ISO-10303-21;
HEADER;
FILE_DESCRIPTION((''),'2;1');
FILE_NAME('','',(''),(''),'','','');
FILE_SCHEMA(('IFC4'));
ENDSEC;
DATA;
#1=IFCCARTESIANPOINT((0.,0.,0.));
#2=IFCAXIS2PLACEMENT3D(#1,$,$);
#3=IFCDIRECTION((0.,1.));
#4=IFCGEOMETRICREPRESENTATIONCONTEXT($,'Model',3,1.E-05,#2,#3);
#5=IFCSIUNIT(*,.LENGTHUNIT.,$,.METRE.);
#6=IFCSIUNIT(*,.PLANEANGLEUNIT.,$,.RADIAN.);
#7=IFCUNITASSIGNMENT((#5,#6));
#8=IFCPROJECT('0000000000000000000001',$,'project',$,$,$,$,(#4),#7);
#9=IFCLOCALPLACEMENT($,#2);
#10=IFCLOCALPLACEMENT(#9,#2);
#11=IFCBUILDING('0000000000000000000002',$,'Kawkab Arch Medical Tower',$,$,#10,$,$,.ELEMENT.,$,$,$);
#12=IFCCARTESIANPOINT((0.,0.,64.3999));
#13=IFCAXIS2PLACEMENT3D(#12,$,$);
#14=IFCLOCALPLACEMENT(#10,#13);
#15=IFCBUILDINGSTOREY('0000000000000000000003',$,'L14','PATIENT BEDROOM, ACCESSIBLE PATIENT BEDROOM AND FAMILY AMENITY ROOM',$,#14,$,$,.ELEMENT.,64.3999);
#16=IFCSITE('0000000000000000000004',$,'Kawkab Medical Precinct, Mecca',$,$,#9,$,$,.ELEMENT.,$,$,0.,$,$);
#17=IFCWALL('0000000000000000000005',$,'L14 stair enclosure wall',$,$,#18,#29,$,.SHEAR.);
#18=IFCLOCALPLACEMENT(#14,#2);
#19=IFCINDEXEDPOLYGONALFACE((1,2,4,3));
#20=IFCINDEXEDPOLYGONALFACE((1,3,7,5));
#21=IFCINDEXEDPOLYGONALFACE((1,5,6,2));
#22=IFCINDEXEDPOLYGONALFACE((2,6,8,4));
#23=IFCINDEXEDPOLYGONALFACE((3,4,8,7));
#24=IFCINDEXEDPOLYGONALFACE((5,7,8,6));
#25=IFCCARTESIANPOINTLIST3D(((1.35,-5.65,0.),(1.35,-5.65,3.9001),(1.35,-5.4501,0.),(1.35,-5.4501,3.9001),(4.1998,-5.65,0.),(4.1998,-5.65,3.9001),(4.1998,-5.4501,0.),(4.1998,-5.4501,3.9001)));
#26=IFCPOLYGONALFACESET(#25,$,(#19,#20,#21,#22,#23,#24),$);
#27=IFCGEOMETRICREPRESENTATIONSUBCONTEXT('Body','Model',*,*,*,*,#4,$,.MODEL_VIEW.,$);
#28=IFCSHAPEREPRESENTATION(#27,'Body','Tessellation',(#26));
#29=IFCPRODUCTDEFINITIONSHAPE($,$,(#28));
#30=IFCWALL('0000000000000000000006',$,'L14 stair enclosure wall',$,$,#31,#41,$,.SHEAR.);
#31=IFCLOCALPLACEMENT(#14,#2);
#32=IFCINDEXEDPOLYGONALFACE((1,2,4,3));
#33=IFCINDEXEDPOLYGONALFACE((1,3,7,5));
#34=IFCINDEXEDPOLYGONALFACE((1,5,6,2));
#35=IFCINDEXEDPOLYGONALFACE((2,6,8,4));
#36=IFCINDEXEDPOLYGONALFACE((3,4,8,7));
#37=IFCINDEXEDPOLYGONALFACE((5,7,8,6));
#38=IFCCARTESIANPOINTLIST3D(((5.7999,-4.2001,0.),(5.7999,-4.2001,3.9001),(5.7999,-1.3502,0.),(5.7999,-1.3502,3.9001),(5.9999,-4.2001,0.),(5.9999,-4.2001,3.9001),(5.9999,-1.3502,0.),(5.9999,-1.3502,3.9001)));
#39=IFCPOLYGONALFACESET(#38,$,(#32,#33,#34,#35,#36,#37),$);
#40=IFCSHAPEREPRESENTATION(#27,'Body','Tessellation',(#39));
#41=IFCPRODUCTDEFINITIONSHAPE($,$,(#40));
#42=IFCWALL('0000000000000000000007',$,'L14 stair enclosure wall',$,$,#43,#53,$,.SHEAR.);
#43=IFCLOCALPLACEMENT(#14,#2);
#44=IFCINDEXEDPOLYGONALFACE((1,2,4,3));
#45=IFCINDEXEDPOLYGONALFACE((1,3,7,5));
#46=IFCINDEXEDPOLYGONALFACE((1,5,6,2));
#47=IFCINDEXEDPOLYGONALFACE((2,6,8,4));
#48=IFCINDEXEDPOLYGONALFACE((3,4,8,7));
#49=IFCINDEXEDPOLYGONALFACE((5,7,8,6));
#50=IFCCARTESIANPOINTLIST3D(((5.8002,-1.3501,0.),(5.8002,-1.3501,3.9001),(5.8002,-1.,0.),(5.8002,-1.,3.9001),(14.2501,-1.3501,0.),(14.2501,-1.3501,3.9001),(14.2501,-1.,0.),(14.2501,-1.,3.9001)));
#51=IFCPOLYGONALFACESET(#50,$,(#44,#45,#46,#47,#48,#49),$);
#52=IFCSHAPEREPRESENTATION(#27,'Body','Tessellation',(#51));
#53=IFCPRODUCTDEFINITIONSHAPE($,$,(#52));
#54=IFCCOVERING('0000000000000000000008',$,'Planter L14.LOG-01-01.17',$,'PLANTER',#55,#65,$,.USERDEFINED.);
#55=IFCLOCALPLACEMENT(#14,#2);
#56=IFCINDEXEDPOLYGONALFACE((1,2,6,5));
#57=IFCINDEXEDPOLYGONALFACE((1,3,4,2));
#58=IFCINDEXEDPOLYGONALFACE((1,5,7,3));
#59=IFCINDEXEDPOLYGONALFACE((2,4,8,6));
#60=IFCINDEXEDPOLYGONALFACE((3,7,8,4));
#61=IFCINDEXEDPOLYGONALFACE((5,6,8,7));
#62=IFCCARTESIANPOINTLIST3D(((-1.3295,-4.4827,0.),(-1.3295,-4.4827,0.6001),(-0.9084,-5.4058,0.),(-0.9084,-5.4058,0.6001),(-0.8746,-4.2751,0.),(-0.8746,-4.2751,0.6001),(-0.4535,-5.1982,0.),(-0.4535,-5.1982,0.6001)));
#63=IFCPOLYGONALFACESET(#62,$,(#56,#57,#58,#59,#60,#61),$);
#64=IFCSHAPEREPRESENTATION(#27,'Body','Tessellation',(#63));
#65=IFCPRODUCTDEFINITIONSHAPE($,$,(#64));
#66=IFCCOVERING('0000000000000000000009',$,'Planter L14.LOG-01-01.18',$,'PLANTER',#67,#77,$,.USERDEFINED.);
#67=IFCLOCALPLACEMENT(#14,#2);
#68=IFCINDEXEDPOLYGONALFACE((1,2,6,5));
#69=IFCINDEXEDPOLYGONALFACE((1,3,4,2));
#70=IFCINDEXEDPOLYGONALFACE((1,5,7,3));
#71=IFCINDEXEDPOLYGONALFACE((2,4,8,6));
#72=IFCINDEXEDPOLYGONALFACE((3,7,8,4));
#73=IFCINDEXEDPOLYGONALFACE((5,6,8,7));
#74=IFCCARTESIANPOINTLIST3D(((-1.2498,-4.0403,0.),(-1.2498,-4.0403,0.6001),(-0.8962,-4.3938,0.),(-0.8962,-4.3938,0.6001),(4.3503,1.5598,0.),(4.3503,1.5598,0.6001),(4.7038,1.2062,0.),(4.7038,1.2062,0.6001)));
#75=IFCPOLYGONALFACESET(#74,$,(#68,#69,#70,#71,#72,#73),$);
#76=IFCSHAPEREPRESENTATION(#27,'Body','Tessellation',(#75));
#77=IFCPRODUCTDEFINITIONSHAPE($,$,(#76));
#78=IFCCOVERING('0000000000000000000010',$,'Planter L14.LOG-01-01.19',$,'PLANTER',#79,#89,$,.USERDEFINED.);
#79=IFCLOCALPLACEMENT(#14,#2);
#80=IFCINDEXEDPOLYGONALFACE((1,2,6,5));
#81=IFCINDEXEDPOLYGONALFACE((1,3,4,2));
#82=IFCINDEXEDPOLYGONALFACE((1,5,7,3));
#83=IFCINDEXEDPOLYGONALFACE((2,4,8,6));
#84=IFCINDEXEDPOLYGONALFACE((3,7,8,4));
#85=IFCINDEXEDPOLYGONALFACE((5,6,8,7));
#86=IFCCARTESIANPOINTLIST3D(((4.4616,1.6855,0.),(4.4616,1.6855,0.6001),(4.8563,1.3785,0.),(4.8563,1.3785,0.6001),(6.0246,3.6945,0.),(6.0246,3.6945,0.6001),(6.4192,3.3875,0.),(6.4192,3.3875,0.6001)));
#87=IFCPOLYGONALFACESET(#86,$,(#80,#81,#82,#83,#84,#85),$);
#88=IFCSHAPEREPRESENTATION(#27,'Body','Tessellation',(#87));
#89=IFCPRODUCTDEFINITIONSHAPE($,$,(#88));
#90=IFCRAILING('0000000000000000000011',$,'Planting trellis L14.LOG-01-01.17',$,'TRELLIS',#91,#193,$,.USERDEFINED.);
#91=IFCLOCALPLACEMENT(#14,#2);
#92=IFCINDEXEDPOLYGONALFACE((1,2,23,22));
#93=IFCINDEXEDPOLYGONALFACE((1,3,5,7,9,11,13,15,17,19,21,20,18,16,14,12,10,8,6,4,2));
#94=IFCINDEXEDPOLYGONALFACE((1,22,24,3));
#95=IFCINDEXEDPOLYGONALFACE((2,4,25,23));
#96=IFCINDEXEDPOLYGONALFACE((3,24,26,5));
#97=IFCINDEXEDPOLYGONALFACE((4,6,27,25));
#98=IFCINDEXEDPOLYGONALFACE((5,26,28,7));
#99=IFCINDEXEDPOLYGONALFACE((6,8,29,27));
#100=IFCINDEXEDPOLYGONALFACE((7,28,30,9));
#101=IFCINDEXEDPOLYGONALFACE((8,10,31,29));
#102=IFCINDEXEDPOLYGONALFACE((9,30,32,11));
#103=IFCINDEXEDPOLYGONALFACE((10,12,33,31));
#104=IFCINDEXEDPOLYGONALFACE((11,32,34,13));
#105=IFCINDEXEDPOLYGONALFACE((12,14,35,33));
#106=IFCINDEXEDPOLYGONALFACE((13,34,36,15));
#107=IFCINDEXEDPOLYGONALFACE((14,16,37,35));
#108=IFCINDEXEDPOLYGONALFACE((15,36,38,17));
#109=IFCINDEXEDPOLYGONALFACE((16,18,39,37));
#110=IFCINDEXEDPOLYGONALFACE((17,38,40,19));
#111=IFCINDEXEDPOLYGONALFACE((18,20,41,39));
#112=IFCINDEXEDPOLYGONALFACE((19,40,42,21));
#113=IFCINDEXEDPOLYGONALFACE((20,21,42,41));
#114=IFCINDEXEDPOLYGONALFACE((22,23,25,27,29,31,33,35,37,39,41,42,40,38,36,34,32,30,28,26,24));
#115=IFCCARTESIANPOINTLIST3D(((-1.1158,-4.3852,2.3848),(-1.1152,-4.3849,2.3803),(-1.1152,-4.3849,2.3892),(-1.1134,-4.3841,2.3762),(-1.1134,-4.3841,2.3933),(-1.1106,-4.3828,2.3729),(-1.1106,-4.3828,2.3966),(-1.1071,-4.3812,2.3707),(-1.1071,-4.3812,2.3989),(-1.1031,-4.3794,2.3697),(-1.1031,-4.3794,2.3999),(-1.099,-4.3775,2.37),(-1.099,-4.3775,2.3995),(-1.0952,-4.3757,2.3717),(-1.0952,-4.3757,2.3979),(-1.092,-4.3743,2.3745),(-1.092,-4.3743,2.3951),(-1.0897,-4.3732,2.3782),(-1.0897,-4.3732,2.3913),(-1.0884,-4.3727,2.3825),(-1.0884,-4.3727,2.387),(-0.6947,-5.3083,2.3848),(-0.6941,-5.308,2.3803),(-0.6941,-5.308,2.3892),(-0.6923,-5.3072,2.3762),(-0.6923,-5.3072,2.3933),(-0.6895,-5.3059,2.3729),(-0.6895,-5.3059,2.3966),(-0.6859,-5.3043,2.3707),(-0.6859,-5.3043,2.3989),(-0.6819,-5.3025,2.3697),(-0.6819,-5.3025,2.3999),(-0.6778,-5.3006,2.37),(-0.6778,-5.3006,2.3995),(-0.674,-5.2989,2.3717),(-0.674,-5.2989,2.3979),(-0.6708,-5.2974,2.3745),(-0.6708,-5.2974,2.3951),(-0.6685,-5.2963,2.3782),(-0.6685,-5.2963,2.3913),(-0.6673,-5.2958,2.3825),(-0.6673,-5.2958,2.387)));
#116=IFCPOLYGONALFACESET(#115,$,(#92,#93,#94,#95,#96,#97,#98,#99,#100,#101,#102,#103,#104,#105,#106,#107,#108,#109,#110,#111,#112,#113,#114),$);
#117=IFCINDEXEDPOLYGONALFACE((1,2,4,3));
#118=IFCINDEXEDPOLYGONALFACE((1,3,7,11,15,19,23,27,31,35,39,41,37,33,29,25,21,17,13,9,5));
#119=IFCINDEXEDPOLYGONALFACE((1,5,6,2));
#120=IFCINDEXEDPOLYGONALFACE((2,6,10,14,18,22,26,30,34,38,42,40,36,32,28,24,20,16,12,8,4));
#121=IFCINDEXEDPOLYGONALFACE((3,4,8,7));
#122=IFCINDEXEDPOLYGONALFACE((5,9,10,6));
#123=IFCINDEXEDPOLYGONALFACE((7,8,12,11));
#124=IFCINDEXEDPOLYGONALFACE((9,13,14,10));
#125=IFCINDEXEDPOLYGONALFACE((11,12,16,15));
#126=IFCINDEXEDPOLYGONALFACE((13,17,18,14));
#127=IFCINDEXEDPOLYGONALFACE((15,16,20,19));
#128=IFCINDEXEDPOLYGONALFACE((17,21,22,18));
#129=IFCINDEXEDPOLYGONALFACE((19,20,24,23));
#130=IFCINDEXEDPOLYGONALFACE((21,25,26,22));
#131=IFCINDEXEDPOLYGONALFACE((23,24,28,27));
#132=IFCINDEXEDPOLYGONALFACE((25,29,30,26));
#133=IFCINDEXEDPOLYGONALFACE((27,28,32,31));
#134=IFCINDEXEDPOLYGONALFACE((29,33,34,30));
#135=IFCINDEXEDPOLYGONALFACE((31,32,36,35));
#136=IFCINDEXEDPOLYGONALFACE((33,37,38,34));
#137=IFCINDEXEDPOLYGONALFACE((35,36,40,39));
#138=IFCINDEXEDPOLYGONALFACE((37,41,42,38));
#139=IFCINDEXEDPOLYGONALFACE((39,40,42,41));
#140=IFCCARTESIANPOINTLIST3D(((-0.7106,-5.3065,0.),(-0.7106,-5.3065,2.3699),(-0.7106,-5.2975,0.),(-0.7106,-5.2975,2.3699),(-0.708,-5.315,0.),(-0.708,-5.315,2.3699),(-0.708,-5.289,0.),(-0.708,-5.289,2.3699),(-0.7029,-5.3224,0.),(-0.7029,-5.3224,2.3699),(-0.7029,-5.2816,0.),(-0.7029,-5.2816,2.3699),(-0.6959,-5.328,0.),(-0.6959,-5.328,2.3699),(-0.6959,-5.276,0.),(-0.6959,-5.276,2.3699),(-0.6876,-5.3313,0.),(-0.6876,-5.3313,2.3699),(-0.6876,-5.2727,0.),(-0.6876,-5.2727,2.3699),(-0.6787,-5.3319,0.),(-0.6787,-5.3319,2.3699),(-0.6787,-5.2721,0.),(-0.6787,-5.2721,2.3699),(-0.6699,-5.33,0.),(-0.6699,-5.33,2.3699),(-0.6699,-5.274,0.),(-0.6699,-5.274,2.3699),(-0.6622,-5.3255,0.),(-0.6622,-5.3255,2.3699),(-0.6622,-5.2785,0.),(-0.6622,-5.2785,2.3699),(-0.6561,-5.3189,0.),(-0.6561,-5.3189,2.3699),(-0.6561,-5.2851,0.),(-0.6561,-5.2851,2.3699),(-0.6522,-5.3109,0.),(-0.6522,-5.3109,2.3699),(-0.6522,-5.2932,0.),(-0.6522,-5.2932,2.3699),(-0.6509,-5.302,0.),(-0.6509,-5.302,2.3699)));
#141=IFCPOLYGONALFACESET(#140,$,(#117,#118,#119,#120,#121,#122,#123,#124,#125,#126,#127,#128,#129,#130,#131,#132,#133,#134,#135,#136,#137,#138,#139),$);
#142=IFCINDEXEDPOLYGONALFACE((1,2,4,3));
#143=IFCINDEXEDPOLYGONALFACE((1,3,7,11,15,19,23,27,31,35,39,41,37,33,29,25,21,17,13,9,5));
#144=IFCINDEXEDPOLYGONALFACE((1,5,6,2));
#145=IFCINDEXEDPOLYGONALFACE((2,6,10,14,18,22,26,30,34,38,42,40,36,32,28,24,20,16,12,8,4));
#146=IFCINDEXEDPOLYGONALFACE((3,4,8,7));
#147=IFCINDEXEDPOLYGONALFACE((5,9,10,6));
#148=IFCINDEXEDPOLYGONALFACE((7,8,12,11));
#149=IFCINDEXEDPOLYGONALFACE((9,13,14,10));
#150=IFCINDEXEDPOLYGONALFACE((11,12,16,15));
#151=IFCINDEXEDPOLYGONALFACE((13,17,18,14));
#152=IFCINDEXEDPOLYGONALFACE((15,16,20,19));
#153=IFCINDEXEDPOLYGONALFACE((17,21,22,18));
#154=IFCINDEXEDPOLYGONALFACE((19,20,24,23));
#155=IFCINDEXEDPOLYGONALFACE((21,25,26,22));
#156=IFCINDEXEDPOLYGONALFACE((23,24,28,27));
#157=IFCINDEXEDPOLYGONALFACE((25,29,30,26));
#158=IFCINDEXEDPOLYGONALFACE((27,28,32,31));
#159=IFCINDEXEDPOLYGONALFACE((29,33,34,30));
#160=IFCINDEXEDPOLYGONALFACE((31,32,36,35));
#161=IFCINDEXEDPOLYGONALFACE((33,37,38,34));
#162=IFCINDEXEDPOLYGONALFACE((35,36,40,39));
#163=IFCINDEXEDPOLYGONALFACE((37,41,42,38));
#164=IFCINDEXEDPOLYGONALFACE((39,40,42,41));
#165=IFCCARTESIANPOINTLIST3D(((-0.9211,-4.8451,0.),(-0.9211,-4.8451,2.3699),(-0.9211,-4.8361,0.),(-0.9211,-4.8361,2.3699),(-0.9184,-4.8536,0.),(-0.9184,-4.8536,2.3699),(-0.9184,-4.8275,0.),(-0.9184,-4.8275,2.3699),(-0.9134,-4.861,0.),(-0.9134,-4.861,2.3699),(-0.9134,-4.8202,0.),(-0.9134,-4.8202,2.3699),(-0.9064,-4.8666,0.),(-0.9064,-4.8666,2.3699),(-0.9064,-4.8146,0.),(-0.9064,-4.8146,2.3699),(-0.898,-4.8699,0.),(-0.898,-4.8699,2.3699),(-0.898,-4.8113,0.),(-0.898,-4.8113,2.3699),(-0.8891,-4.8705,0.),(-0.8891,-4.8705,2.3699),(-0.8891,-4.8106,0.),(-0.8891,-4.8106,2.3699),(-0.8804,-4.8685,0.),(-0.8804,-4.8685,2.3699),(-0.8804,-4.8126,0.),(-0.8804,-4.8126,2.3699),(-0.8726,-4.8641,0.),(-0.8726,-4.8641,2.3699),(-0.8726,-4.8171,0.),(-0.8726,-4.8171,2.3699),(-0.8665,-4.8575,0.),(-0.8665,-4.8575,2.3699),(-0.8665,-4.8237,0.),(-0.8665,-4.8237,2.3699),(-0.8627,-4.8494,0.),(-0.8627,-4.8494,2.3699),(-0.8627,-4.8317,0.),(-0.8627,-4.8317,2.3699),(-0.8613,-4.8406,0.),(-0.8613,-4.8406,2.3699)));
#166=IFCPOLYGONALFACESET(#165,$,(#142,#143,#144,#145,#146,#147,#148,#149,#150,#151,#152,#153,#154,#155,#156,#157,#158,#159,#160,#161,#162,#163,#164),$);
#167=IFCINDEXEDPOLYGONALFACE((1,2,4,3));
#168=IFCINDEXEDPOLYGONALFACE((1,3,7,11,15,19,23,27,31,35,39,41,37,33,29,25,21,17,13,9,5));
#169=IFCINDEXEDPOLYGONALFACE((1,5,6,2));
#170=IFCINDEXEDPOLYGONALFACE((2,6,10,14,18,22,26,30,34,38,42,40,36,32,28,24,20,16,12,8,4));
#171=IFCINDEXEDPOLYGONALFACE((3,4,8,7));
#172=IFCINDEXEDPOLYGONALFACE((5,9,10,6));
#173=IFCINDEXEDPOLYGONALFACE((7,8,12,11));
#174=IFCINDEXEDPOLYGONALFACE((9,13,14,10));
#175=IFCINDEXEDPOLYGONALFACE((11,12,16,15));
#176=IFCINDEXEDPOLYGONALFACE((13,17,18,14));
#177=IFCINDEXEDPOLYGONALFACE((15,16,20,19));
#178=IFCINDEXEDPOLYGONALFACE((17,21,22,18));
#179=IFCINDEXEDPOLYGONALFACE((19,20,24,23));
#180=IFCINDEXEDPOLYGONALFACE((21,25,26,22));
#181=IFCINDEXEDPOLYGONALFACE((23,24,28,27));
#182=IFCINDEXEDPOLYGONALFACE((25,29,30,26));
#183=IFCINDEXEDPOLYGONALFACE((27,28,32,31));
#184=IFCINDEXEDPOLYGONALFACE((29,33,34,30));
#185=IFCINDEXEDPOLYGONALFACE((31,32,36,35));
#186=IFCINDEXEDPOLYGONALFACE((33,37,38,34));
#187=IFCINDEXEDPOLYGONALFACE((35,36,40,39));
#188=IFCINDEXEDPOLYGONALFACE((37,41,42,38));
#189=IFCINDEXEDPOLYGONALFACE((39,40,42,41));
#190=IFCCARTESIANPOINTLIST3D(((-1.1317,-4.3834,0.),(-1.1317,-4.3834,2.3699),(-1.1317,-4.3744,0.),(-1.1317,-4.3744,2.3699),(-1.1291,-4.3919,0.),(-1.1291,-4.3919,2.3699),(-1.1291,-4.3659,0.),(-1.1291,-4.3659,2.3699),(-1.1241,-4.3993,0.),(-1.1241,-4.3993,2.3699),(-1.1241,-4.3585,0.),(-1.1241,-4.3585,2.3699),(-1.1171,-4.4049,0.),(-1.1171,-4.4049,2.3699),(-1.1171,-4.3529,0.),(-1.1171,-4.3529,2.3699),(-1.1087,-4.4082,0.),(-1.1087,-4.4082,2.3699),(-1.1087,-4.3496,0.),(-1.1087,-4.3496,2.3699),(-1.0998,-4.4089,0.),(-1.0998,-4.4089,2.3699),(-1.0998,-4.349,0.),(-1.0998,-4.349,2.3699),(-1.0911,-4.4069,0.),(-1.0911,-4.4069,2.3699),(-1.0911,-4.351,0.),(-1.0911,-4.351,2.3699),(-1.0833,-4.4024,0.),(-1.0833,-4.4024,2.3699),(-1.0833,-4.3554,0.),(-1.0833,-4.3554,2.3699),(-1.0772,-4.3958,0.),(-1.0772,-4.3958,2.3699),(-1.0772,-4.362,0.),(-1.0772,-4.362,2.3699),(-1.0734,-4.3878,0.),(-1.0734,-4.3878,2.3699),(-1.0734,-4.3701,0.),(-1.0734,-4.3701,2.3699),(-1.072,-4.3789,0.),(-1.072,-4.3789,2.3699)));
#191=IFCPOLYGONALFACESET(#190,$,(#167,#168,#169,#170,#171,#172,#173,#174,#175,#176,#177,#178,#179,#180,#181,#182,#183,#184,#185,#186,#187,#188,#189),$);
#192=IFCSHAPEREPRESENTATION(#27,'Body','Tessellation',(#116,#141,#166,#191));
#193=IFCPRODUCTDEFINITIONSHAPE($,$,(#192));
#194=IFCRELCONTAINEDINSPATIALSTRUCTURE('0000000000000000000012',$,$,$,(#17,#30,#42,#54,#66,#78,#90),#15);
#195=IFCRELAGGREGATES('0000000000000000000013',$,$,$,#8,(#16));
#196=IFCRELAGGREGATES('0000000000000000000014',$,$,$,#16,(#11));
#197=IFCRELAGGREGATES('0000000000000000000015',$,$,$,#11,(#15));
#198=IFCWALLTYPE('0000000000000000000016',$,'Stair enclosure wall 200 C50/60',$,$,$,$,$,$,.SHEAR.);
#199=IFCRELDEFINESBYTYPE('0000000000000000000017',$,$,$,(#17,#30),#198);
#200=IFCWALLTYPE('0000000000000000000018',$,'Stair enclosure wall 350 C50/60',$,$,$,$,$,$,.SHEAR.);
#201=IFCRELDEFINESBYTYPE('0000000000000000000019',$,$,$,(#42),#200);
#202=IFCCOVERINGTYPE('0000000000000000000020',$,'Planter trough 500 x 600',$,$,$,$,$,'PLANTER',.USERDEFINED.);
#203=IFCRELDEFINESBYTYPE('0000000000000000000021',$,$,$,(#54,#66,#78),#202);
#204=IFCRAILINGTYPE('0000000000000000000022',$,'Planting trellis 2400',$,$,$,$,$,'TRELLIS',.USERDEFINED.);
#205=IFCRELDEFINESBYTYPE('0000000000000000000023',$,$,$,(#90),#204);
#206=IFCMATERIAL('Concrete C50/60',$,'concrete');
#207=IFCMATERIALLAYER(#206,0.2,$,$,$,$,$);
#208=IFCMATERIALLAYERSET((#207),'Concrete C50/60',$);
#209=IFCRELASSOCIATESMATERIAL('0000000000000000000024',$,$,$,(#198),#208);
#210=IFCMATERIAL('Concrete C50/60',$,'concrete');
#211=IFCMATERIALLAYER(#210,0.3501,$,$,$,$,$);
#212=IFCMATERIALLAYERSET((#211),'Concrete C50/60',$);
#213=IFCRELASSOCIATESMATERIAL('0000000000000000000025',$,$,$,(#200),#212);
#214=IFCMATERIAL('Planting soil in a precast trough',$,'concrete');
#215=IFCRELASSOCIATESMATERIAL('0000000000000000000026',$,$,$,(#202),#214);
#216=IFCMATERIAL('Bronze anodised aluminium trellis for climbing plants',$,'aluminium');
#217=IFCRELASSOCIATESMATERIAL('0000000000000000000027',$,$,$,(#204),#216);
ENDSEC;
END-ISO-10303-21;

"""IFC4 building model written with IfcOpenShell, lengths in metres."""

from ifc_helpers import new_model, si_unit, direction, frame, frame_2d, origin, origin_2d, place, context, subcontext, project, spatial, rectangle, circle, extrude, material, layer, layer_set, material_profile, profile_set, type_object, element, save


model = new_model("IFC4")

# Units and contexts
model_context = context("Model", 3, precision=1e-05, world=origin(), true_north=direction((0.0, 1.0)))
body_context = subcontext(model_context, "Body", "Model", "MODEL_VIEW")
ifc_project = project(units=[si_unit("LENGTHUNIT", "METRE"), si_unit("PLANEANGLEUNIT", "RADIAN")], contexts=[model_context])

# Site, building, storey
site_placement = place(None, origin())
site = spatial("IfcSite", under=ifc_project, at=site_placement, Name="Kawkab Medical Precinct, Mecca", CompositionType="ELEMENT", RefElevation=0.0)
building_placement = place(site_placement, origin())
building = spatial("IfcBuilding", under=site, at=building_placement, Name="Kawkab Arch Medical Tower", CompositionType="ELEMENT")
storey_placement = place(building_placement, frame((0.0, 0.0, 64.3999)))
storey = spatial("IfcBuildingStorey", under=building, at=storey_placement, Name="L14", Description="PATIENT BEDROOM, ACCESSIBLE PATIENT BEDROOM AND FAMILY AMENITY ROOM", CompositionType="ELEMENT", Elevation=64.3999)

# Walls
ifc_material_1 = material(Name="Concrete C50/60", Category="concrete")
ifc_layer_1 = layer(ifc_material_1, 0.2)
ifc_layer_set_1 = layer_set([ifc_layer_1], Name="Concrete C50/60")
wall_type_1 = type_object("IfcWallType", Name="Stair enclosure wall 200 C50/60", PredefinedType="SHEAR", material=ifc_layer_set_1)
for number, where, z_axis, x_axis, name in (
    (1, (1.3501, -5.55, 0.0), (0.0, 0.0, 1.0), (1.0, 0.0, 0.0), "L14 stair enclosure wall"),
    (2, (5.8999, -4.2, 0.0), (0.0, 0.0, 1.0), (0.0, 1.0, 0.0), "L14 stair enclosure wall"),
):
    element("IfcWall", number, at=place(storey_placement, frame(where, z_axis=z_axis, x_axis=x_axis)), inside=storey, type_object=wall_type_1, Name=name, PredefinedType="SHEAR", context=body_context, shape_type="SweptSolid", body=[
        extrude(rectangle(XDim=2.8499, YDim=0.2, at=frame_2d((1.4248, 0.0))), origin(), (0.0, 0.0, 1.0), 3.9001),
    ])
ifc_material_2 = material(Name="Concrete C50/60", Category="concrete")
ifc_layer_2 = layer(ifc_material_2, 0.3501)
ifc_layer_set_2 = layer_set([ifc_layer_2], Name="Concrete C50/60")
wall_type_2 = type_object("IfcWallType", Name="Stair enclosure wall 350 C50/60", PredefinedType="SHEAR", material=ifc_layer_set_2)
wall_1_placement = place(storey_placement, frame((5.8, -1.175, 0.0), z_axis=(0.0, 0.0, 1.0), x_axis=(1.0, 0.0, 0.0)))
element("IfcWall", 3, at=wall_1_placement, inside=storey, type_object=wall_type_2, Name="L14 stair enclosure wall", PredefinedType="SHEAR", context=body_context, shape_type="SweptSolid", body=[
    extrude(rectangle(XDim=8.45, YDim=0.3501, at=frame_2d((4.2251, 0.0))), origin(), (0.0, 0.0, 1.0), 3.9001),
])

# Coverings
ifc_material_3 = material(Name="Planting soil in a precast trough", Category="concrete")
ifc_material_profile_1 = material_profile(ifc_material_3, rectangle(XDim=0.5, YDim=0.6001, at=origin_2d()), Name="Trough 500x600")
ifc_profile_set_1 = profile_set([ifc_material_profile_1], Name="Planting soil in a precast trough")
covering_type = type_object("IfcCoveringType", Name="Planter trough 500 x 600", ElementType="PLANTER", PredefinedType="USERDEFINED", material=ifc_profile_set_1)
covering_1_placement = place(storey_placement, frame((-0.6809, -5.302, 0.3), z_axis=(-0.415072, 0.909789, 0.0), x_axis=(-0.909789, -0.415072, 0.0)))
element("IfcCovering", 4, at=covering_1_placement, inside=storey, type_object=covering_type, Name="Planter L14.LOG-01-01.17", ObjectType="PLANTER", PredefinedType="USERDEFINED", context=body_context, shape_type="SweptSolid", body=[
    extrude(rectangle(XDim=0.5, YDim=0.6001, at=origin_2d()), origin(), (0.0, 0.0, 1.0), 1.0146),
])
covering_2_placement = place(storey_placement, frame((-1.073, -4.217, 0.3), z_axis=(0.707107, 0.707107, 0.0), x_axis=(-0.707107, 0.707107, 0.0)))
element("IfcCovering", 5, at=covering_2_placement, inside=storey, type_object=covering_type, Name="Planter L14.LOG-01-01.18", ObjectType="PLANTER", PredefinedType="USERDEFINED", context=body_context, shape_type="SweptSolid", body=[
    extrude(rectangle(XDim=0.5, YDim=0.6001, at=origin_2d()), origin(), (0.0, 0.0, 1.0), 7.9197),
])
covering_3_placement = place(storey_placement, frame((4.6589, 1.532, 0.3), z_axis=(0.61404, 0.789275, 0.0), x_axis=(-0.789275, 0.61404, 0.0)))
element("IfcCovering", 6, at=covering_3_placement, inside=storey, type_object=covering_type, Name="Planter L14.LOG-01-01.19", ObjectType="PLANTER", PredefinedType="USERDEFINED", context=body_context, shape_type="SweptSolid", body=[
    extrude(rectangle(XDim=0.5, YDim=0.6001, at=origin_2d()), origin(), (0.0, 0.0, 1.0), 2.5454),
])

# Railing
ifc_material_4 = material(Name="Bronze anodised aluminium trellis for climbing plants", Category="aluminium")
railing_type = type_object("IfcRailingType", Name="Planting trellis 2400", ElementType="TRELLIS", PredefinedType="USERDEFINED", material=ifc_material_4)
railing_1_placement = place(storey_placement, frame((-0.6809, -5.302, 0.0)))
element("IfcRailing", 7, at=railing_1_placement, inside=storey, type_object=railing_type, Name="Planting trellis L14.LOG-01-01.17", ObjectType="TRELLIS", PredefinedType="USERDEFINED", context=body_context, shape_type="SweptSolid", body=[
    extrude(circle(Radius=0.0151, at=origin_2d()), frame((0.0, 0.0, 2.3848), z_axis=(-0.415072, 0.909789, 0.0), x_axis=(-0.909789, -0.415072, 0.0)), (0.0, 0.0, 1.0), 1.0146),
    extrude(circle(Radius=0.03, at=origin_2d()), origin(), (0.0, 0.0, 1.0), 2.3699),
    extrude(circle(Radius=0.03, at=origin_2d()), frame((-0.2104, 0.4614, 0.0)), (0.0, 0.0, 1.0), 2.3699),
    extrude(circle(Radius=0.03, at=origin_2d()), frame((-0.4211, 0.9231, 0.0)), (0.0, 0.0, 1.0), 2.3699),
])

save(model, "model.ifc")
